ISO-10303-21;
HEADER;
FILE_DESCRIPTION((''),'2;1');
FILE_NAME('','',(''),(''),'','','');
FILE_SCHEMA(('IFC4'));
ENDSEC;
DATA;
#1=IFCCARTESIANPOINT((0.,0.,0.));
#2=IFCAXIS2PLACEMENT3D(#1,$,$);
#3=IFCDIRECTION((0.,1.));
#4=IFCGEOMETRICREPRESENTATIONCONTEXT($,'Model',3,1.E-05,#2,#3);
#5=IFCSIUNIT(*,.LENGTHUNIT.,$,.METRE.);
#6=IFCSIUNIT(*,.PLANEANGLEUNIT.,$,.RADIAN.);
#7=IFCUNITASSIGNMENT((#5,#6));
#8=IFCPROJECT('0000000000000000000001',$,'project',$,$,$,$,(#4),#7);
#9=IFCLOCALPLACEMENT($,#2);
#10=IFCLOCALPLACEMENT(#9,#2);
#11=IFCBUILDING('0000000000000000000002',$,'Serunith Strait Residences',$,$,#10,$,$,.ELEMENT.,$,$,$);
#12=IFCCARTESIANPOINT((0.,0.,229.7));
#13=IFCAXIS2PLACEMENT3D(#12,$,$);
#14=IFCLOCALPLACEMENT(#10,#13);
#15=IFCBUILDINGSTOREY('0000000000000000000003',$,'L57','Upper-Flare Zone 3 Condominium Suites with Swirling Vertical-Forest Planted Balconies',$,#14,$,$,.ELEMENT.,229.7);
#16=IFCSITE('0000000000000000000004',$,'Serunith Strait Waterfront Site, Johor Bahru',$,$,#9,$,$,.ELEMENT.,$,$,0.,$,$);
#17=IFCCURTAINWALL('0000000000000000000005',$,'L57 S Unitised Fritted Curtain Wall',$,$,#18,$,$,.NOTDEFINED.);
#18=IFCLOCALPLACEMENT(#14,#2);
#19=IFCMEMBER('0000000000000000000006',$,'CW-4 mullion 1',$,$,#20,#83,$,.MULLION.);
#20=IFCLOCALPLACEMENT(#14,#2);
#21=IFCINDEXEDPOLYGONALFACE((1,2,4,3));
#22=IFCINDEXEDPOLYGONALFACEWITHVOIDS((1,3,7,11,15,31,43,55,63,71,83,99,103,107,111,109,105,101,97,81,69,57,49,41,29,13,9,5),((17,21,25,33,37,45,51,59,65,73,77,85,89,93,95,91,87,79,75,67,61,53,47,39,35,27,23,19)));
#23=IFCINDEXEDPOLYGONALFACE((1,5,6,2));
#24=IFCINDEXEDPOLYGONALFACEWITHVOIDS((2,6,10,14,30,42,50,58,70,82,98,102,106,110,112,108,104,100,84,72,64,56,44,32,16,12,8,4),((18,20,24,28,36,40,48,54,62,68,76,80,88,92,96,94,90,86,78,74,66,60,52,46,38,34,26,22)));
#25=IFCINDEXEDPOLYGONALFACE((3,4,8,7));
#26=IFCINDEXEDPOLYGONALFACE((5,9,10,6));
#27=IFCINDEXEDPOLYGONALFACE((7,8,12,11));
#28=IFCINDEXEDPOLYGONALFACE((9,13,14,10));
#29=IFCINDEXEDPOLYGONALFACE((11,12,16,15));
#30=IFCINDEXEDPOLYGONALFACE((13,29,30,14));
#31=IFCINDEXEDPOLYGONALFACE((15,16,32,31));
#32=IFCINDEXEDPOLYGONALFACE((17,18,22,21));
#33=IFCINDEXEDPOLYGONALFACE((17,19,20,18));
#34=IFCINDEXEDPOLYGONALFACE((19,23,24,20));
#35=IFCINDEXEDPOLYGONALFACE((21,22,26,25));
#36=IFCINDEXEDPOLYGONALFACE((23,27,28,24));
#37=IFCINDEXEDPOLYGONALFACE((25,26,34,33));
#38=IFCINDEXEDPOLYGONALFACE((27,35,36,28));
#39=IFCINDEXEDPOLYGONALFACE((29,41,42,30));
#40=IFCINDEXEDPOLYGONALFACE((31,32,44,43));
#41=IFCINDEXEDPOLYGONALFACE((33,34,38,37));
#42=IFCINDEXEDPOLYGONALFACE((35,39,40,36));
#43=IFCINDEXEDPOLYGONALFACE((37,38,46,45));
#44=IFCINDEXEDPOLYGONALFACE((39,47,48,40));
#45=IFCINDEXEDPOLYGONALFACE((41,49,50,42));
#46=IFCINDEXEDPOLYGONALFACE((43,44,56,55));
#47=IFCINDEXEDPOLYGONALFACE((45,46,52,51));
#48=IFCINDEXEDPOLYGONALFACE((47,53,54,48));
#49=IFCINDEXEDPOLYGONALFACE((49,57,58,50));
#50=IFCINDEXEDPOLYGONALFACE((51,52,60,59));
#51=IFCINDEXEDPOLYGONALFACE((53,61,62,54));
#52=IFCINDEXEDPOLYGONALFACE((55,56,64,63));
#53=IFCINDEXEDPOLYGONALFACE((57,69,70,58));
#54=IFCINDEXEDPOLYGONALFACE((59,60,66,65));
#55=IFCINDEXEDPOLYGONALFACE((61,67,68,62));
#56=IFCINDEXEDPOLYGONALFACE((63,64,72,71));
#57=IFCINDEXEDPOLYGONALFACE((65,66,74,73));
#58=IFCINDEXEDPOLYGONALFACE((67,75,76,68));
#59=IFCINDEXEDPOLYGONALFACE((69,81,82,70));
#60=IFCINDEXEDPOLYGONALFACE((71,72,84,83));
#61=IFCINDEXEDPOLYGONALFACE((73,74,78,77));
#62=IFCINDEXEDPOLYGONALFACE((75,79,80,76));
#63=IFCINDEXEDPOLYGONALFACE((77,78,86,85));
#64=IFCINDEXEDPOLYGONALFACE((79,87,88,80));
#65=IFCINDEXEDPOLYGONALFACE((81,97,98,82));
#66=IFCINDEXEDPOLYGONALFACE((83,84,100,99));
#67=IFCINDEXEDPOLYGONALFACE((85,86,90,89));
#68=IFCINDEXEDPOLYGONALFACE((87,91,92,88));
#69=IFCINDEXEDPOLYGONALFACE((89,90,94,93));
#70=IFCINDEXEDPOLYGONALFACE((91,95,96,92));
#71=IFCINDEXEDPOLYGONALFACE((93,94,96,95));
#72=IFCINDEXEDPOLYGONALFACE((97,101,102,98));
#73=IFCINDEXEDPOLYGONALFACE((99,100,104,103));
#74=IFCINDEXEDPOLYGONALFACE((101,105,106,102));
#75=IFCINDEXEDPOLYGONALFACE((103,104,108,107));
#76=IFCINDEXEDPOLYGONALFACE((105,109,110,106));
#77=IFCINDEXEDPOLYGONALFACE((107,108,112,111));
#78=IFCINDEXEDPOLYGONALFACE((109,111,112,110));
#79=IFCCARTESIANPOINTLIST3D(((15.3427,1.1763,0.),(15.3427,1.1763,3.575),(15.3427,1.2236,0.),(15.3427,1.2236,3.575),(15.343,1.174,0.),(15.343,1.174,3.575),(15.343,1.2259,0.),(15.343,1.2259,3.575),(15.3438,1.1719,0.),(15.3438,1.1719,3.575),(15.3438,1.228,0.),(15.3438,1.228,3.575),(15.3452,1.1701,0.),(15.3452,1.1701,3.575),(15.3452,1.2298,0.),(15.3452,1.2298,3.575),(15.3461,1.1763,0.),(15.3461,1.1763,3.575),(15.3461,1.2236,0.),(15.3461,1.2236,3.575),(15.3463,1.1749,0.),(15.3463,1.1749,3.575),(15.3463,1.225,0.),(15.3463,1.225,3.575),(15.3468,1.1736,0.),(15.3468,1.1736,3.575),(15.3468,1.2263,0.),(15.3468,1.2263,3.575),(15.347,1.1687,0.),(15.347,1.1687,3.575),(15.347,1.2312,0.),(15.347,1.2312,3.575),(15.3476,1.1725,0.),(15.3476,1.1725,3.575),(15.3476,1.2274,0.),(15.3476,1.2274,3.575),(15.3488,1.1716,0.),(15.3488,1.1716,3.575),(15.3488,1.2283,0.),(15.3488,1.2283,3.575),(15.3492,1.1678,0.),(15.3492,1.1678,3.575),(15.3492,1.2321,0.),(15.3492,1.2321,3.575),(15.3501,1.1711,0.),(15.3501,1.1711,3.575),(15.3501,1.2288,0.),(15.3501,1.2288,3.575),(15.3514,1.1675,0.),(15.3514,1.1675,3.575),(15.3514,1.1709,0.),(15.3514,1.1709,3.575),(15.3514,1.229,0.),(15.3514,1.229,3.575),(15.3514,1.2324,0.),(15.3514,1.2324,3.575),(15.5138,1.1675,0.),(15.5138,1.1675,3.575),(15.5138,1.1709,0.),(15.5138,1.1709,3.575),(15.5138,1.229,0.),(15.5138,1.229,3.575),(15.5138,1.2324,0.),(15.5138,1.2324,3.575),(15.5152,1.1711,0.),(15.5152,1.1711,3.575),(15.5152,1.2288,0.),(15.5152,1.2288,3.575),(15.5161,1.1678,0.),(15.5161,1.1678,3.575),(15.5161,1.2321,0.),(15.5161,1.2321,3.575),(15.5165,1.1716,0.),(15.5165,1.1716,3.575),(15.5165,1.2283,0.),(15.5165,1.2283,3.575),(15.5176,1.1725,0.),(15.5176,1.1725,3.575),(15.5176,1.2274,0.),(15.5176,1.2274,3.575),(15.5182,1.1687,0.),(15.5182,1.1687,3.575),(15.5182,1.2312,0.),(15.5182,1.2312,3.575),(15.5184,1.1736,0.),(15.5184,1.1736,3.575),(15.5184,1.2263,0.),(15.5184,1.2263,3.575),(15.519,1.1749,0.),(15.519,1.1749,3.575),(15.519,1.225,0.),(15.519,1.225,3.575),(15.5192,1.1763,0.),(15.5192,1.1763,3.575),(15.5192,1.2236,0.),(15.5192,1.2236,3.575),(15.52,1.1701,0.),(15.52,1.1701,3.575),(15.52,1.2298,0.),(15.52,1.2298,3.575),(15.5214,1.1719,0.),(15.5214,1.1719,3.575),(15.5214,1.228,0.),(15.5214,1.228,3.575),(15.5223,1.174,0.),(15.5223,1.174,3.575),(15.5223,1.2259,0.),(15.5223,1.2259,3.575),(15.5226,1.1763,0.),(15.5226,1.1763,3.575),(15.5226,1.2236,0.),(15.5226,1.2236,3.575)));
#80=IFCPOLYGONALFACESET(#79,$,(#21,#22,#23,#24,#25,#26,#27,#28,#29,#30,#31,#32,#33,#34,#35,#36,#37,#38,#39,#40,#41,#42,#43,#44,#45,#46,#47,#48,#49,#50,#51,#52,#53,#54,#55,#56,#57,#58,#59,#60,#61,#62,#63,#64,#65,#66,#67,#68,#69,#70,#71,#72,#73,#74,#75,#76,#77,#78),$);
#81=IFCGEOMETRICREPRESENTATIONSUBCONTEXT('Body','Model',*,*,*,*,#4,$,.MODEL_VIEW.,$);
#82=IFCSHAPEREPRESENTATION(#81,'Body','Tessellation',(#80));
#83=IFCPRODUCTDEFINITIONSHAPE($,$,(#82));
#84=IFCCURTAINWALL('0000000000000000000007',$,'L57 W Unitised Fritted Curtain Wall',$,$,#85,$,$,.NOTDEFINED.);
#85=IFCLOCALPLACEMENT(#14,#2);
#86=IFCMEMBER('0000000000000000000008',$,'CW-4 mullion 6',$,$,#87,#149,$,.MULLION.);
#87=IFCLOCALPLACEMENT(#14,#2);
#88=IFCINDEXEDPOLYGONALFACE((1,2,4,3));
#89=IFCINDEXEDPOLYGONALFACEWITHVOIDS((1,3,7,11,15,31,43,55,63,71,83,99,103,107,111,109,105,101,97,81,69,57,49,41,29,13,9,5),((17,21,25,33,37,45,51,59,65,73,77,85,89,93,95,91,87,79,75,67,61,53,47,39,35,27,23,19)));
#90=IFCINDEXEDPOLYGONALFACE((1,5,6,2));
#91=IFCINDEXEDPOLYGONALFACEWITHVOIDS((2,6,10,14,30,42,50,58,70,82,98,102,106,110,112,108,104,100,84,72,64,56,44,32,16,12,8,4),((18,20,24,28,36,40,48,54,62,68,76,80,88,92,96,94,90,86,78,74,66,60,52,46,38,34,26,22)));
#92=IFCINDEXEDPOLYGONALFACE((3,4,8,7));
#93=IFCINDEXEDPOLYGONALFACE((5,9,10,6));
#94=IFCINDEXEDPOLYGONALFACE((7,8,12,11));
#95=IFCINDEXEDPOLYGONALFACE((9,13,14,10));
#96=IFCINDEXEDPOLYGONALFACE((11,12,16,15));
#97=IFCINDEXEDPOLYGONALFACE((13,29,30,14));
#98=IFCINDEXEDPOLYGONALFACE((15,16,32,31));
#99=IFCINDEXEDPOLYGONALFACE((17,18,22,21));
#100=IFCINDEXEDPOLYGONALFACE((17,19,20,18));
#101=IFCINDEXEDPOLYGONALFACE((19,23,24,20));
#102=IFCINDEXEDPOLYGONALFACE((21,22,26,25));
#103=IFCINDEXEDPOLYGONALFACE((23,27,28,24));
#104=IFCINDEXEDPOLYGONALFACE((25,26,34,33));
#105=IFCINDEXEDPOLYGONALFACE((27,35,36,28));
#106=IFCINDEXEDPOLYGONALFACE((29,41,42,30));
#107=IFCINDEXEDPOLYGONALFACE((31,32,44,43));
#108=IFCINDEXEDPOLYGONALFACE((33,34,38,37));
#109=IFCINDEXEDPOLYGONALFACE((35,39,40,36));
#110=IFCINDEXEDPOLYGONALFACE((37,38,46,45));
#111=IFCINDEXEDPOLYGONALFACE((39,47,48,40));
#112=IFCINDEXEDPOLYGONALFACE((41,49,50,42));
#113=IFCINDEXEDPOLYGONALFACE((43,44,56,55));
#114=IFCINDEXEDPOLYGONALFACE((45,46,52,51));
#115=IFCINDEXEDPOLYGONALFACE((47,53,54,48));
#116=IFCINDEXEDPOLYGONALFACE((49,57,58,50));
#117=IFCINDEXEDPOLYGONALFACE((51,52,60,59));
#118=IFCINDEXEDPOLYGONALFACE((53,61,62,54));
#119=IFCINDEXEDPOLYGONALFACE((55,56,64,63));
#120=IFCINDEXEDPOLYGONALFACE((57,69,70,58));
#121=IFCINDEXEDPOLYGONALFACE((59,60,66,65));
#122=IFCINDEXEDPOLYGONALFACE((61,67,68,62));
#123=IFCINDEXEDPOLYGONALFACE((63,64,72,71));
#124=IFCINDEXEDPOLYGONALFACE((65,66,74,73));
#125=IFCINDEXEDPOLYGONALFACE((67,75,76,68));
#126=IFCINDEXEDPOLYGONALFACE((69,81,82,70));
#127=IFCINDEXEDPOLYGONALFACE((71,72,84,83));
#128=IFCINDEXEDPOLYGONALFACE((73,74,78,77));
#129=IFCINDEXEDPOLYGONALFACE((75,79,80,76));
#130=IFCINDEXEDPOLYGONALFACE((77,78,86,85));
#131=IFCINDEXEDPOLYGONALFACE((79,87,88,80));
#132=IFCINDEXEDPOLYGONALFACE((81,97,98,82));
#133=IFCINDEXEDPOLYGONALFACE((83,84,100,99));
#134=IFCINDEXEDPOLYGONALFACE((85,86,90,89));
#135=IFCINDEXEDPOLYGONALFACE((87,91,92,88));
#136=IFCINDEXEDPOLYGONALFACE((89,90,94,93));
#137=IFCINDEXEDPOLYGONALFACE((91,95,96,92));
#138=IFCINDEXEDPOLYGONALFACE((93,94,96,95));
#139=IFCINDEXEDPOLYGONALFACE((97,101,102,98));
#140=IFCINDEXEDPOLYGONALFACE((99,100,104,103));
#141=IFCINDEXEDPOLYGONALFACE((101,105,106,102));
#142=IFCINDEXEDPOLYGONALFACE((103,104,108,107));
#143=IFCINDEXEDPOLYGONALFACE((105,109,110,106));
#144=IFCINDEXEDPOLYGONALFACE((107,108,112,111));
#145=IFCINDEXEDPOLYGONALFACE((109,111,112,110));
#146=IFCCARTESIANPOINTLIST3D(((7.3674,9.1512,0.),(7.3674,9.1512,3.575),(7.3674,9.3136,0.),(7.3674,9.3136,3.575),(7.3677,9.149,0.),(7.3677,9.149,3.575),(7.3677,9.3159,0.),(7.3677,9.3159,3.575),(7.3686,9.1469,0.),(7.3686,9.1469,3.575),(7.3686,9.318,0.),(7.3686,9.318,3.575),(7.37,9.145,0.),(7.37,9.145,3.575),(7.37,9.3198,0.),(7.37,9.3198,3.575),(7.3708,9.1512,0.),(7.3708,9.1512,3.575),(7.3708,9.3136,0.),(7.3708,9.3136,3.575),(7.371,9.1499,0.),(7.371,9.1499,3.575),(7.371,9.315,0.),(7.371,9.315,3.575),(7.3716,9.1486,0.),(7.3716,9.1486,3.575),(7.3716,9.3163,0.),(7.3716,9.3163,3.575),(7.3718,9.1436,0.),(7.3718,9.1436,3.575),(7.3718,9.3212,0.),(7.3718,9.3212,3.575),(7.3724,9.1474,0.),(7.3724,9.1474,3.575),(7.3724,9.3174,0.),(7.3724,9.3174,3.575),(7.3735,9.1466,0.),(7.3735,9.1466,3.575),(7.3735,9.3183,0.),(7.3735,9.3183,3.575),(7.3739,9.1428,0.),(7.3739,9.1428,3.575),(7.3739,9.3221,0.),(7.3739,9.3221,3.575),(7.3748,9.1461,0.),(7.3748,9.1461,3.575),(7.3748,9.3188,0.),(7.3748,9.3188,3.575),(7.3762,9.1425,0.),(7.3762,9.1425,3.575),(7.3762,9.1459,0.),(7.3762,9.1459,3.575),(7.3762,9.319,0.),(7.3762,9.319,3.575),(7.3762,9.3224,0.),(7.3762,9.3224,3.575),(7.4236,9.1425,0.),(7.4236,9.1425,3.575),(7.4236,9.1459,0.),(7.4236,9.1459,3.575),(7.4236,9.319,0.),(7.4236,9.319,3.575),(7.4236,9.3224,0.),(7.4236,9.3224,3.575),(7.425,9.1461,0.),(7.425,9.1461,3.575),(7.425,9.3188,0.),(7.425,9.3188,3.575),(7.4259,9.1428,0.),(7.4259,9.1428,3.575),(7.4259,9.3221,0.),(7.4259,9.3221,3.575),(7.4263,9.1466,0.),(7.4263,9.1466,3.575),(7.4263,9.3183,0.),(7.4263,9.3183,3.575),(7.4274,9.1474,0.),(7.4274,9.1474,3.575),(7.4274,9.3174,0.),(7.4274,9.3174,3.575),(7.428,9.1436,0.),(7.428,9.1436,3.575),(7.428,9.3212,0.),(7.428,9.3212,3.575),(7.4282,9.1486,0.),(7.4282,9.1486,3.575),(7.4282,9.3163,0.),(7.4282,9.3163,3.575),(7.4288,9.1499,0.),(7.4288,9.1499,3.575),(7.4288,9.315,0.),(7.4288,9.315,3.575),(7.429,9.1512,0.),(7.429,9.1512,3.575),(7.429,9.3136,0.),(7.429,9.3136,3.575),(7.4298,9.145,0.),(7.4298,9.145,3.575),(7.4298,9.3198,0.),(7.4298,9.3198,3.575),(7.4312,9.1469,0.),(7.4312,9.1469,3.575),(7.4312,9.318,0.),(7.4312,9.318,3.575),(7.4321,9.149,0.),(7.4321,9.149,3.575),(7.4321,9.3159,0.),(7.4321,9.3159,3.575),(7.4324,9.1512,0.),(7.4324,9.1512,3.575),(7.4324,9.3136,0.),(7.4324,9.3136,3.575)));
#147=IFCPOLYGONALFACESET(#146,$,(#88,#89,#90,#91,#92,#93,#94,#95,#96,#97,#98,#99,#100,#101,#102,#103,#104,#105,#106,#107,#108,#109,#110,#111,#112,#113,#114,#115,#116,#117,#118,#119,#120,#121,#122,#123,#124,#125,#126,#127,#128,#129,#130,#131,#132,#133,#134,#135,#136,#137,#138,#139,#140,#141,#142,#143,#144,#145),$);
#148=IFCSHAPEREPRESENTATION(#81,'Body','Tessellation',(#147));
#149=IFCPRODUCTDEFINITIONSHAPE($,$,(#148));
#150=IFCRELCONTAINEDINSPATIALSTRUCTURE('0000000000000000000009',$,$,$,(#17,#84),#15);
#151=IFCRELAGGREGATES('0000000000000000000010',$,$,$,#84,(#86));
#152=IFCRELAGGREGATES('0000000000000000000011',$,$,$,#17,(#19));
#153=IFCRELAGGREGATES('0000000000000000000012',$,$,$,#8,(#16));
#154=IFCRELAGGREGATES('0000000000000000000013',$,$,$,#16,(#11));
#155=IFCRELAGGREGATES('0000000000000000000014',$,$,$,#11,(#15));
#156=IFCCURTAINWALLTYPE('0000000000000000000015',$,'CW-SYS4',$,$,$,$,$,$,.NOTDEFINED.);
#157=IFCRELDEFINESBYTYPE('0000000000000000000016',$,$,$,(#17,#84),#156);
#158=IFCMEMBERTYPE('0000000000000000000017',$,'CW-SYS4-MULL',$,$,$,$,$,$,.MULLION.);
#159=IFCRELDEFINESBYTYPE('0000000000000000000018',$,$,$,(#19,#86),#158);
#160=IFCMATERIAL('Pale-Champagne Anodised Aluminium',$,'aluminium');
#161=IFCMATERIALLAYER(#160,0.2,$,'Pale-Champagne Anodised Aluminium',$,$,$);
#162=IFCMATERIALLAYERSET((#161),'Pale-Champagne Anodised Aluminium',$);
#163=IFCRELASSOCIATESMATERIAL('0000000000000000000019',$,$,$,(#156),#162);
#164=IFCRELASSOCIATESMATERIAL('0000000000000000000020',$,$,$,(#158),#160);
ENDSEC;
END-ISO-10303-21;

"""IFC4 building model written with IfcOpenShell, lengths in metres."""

from ifc_helpers import new_model, si_unit, direction, frame, origin, origin_2d, place, context, subcontext, project, spatial, hollow_rectangle, extrude, source, transform, mapped, material, layer, layer_set, material_profile, profile_set, type_object, element, aggregate, save


model = new_model("IFC4")

# Units and contexts
model_context = context("Model", 3, precision=1e-05, world=origin(), true_north=direction((0.0, 1.0)))
body_context = subcontext(model_context, "Body", "Model", "MODEL_VIEW")
ifc_project = project(units=[si_unit("LENGTHUNIT", "METRE"), si_unit("PLANEANGLEUNIT", "RADIAN")], contexts=[model_context])

# Site, building, storey
site_placement = place(None, origin())
site = spatial("IfcSite", under=ifc_project, at=site_placement, Name="Serunith Strait Waterfront Site, Johor Bahru", CompositionType="ELEMENT", RefElevation=0.0)
building_placement = place(site_placement, origin())
building = spatial("IfcBuilding", under=site, at=building_placement, Name="Serunith Strait Residences", CompositionType="ELEMENT")
storey_placement = place(building_placement, frame((0.0, 0.0, 229.7)))
storey = spatial("IfcBuildingStorey", under=building, at=storey_placement, Name="L57", Description="Upper-Flare Zone 3 Condominium Suites with Swirling Vertical-Forest Planted Balconies", CompositionType="ELEMENT", Elevation=229.7)

# Curtain walls, members
ifc_material_1 = material(Name="Pale-Champagne Anodised Aluminium", Category="aluminium")
ifc_layer_1 = layer(ifc_material_1, 0.2, Name="Pale-Champagne Anodised Aluminium")
ifc_layer_set_1 = layer_set([ifc_layer_1], Name="Pale-Champagne Anodised Aluminium")
curtain_wall_type = type_object("IfcCurtainWallType", Name="CW-SYS4", PredefinedType="NOTDEFINED", material=ifc_layer_set_1)
curtain_wall_1_placement = place(storey_placement, origin())
curtain_wall_1 = element("IfcCurtainWall", 1, at=curtain_wall_1_placement, inside=storey, type_object=curtain_wall_type, Name="L57 S Unitised Fritted Curtain Wall", PredefinedType="NOTDEFINED")
ifc_material_profile_1 = material_profile(ifc_material_1, hollow_rectangle(XDim=0.0649, YDim=0.1799, WallThickness=0.0034, InnerFilletRadius=0.0054, OuterFilletRadius=0.0088, at=origin_2d()), Name="ALU 180x65x3.5")
ifc_profile_set_1 = profile_set([ifc_material_profile_1], Name="Pale-Champagne Anodised Aluminium")
member_type_1 = type_object("IfcMemberType", Name="CW-SYS4-MULL", PredefinedType="MULLION", material=ifc_profile_set_1)
shared_shape_1 = source(origin(), body_context, "Body", "SweptSolid", [
    extrude(hollow_rectangle(XDim=0.0649, YDim=0.1799, WallThickness=0.0034, InnerFilletRadius=0.0054, OuterFilletRadius=0.0088, at=origin_2d()), origin(), (0.0, 0.0, 1.0), 3.575),
])
member_1_placement = place(storey_placement, frame((15.4326, 1.2, 0.0), z_axis=(0.0, 0.0, 1.0), x_axis=(0.0, 1.0, 0.0)))
member_1 = element("IfcMember", 2, at=member_1_placement, type_object=member_type_1, Name="CW-4 mullion 1", PredefinedType="MULLION", context=body_context, shape_type="MappedRepresentation", body=[
    mapped(shared_shape_1, transform((0.0, 0.0, 0.0), scale=1.0)),
])
curtain_wall_2_placement = place(storey_placement, origin())
curtain_wall_2 = element("IfcCurtainWall", 3, at=curtain_wall_2_placement, inside=storey, type_object=curtain_wall_type, Name="L57 W Unitised Fritted Curtain Wall", PredefinedType="NOTDEFINED")
member_2_placement = place(storey_placement, frame((7.3999, 9.2324, 0.0), z_axis=(0.0, 0.0, 1.0), x_axis=(1.0, 0.0, 0.0)))
member_2 = element("IfcMember", 4, at=member_2_placement, type_object=member_type_1, Name="CW-4 mullion 6", PredefinedType="MULLION", context=body_context, shape_type="MappedRepresentation", body=[
    mapped(shared_shape_1, transform((0.0, 0.0, 0.0), scale=1.0)),
])
aggregate(curtain_wall_2, [member_2])

aggregate(curtain_wall_1, [member_1])

save(model, "model.ifc")
